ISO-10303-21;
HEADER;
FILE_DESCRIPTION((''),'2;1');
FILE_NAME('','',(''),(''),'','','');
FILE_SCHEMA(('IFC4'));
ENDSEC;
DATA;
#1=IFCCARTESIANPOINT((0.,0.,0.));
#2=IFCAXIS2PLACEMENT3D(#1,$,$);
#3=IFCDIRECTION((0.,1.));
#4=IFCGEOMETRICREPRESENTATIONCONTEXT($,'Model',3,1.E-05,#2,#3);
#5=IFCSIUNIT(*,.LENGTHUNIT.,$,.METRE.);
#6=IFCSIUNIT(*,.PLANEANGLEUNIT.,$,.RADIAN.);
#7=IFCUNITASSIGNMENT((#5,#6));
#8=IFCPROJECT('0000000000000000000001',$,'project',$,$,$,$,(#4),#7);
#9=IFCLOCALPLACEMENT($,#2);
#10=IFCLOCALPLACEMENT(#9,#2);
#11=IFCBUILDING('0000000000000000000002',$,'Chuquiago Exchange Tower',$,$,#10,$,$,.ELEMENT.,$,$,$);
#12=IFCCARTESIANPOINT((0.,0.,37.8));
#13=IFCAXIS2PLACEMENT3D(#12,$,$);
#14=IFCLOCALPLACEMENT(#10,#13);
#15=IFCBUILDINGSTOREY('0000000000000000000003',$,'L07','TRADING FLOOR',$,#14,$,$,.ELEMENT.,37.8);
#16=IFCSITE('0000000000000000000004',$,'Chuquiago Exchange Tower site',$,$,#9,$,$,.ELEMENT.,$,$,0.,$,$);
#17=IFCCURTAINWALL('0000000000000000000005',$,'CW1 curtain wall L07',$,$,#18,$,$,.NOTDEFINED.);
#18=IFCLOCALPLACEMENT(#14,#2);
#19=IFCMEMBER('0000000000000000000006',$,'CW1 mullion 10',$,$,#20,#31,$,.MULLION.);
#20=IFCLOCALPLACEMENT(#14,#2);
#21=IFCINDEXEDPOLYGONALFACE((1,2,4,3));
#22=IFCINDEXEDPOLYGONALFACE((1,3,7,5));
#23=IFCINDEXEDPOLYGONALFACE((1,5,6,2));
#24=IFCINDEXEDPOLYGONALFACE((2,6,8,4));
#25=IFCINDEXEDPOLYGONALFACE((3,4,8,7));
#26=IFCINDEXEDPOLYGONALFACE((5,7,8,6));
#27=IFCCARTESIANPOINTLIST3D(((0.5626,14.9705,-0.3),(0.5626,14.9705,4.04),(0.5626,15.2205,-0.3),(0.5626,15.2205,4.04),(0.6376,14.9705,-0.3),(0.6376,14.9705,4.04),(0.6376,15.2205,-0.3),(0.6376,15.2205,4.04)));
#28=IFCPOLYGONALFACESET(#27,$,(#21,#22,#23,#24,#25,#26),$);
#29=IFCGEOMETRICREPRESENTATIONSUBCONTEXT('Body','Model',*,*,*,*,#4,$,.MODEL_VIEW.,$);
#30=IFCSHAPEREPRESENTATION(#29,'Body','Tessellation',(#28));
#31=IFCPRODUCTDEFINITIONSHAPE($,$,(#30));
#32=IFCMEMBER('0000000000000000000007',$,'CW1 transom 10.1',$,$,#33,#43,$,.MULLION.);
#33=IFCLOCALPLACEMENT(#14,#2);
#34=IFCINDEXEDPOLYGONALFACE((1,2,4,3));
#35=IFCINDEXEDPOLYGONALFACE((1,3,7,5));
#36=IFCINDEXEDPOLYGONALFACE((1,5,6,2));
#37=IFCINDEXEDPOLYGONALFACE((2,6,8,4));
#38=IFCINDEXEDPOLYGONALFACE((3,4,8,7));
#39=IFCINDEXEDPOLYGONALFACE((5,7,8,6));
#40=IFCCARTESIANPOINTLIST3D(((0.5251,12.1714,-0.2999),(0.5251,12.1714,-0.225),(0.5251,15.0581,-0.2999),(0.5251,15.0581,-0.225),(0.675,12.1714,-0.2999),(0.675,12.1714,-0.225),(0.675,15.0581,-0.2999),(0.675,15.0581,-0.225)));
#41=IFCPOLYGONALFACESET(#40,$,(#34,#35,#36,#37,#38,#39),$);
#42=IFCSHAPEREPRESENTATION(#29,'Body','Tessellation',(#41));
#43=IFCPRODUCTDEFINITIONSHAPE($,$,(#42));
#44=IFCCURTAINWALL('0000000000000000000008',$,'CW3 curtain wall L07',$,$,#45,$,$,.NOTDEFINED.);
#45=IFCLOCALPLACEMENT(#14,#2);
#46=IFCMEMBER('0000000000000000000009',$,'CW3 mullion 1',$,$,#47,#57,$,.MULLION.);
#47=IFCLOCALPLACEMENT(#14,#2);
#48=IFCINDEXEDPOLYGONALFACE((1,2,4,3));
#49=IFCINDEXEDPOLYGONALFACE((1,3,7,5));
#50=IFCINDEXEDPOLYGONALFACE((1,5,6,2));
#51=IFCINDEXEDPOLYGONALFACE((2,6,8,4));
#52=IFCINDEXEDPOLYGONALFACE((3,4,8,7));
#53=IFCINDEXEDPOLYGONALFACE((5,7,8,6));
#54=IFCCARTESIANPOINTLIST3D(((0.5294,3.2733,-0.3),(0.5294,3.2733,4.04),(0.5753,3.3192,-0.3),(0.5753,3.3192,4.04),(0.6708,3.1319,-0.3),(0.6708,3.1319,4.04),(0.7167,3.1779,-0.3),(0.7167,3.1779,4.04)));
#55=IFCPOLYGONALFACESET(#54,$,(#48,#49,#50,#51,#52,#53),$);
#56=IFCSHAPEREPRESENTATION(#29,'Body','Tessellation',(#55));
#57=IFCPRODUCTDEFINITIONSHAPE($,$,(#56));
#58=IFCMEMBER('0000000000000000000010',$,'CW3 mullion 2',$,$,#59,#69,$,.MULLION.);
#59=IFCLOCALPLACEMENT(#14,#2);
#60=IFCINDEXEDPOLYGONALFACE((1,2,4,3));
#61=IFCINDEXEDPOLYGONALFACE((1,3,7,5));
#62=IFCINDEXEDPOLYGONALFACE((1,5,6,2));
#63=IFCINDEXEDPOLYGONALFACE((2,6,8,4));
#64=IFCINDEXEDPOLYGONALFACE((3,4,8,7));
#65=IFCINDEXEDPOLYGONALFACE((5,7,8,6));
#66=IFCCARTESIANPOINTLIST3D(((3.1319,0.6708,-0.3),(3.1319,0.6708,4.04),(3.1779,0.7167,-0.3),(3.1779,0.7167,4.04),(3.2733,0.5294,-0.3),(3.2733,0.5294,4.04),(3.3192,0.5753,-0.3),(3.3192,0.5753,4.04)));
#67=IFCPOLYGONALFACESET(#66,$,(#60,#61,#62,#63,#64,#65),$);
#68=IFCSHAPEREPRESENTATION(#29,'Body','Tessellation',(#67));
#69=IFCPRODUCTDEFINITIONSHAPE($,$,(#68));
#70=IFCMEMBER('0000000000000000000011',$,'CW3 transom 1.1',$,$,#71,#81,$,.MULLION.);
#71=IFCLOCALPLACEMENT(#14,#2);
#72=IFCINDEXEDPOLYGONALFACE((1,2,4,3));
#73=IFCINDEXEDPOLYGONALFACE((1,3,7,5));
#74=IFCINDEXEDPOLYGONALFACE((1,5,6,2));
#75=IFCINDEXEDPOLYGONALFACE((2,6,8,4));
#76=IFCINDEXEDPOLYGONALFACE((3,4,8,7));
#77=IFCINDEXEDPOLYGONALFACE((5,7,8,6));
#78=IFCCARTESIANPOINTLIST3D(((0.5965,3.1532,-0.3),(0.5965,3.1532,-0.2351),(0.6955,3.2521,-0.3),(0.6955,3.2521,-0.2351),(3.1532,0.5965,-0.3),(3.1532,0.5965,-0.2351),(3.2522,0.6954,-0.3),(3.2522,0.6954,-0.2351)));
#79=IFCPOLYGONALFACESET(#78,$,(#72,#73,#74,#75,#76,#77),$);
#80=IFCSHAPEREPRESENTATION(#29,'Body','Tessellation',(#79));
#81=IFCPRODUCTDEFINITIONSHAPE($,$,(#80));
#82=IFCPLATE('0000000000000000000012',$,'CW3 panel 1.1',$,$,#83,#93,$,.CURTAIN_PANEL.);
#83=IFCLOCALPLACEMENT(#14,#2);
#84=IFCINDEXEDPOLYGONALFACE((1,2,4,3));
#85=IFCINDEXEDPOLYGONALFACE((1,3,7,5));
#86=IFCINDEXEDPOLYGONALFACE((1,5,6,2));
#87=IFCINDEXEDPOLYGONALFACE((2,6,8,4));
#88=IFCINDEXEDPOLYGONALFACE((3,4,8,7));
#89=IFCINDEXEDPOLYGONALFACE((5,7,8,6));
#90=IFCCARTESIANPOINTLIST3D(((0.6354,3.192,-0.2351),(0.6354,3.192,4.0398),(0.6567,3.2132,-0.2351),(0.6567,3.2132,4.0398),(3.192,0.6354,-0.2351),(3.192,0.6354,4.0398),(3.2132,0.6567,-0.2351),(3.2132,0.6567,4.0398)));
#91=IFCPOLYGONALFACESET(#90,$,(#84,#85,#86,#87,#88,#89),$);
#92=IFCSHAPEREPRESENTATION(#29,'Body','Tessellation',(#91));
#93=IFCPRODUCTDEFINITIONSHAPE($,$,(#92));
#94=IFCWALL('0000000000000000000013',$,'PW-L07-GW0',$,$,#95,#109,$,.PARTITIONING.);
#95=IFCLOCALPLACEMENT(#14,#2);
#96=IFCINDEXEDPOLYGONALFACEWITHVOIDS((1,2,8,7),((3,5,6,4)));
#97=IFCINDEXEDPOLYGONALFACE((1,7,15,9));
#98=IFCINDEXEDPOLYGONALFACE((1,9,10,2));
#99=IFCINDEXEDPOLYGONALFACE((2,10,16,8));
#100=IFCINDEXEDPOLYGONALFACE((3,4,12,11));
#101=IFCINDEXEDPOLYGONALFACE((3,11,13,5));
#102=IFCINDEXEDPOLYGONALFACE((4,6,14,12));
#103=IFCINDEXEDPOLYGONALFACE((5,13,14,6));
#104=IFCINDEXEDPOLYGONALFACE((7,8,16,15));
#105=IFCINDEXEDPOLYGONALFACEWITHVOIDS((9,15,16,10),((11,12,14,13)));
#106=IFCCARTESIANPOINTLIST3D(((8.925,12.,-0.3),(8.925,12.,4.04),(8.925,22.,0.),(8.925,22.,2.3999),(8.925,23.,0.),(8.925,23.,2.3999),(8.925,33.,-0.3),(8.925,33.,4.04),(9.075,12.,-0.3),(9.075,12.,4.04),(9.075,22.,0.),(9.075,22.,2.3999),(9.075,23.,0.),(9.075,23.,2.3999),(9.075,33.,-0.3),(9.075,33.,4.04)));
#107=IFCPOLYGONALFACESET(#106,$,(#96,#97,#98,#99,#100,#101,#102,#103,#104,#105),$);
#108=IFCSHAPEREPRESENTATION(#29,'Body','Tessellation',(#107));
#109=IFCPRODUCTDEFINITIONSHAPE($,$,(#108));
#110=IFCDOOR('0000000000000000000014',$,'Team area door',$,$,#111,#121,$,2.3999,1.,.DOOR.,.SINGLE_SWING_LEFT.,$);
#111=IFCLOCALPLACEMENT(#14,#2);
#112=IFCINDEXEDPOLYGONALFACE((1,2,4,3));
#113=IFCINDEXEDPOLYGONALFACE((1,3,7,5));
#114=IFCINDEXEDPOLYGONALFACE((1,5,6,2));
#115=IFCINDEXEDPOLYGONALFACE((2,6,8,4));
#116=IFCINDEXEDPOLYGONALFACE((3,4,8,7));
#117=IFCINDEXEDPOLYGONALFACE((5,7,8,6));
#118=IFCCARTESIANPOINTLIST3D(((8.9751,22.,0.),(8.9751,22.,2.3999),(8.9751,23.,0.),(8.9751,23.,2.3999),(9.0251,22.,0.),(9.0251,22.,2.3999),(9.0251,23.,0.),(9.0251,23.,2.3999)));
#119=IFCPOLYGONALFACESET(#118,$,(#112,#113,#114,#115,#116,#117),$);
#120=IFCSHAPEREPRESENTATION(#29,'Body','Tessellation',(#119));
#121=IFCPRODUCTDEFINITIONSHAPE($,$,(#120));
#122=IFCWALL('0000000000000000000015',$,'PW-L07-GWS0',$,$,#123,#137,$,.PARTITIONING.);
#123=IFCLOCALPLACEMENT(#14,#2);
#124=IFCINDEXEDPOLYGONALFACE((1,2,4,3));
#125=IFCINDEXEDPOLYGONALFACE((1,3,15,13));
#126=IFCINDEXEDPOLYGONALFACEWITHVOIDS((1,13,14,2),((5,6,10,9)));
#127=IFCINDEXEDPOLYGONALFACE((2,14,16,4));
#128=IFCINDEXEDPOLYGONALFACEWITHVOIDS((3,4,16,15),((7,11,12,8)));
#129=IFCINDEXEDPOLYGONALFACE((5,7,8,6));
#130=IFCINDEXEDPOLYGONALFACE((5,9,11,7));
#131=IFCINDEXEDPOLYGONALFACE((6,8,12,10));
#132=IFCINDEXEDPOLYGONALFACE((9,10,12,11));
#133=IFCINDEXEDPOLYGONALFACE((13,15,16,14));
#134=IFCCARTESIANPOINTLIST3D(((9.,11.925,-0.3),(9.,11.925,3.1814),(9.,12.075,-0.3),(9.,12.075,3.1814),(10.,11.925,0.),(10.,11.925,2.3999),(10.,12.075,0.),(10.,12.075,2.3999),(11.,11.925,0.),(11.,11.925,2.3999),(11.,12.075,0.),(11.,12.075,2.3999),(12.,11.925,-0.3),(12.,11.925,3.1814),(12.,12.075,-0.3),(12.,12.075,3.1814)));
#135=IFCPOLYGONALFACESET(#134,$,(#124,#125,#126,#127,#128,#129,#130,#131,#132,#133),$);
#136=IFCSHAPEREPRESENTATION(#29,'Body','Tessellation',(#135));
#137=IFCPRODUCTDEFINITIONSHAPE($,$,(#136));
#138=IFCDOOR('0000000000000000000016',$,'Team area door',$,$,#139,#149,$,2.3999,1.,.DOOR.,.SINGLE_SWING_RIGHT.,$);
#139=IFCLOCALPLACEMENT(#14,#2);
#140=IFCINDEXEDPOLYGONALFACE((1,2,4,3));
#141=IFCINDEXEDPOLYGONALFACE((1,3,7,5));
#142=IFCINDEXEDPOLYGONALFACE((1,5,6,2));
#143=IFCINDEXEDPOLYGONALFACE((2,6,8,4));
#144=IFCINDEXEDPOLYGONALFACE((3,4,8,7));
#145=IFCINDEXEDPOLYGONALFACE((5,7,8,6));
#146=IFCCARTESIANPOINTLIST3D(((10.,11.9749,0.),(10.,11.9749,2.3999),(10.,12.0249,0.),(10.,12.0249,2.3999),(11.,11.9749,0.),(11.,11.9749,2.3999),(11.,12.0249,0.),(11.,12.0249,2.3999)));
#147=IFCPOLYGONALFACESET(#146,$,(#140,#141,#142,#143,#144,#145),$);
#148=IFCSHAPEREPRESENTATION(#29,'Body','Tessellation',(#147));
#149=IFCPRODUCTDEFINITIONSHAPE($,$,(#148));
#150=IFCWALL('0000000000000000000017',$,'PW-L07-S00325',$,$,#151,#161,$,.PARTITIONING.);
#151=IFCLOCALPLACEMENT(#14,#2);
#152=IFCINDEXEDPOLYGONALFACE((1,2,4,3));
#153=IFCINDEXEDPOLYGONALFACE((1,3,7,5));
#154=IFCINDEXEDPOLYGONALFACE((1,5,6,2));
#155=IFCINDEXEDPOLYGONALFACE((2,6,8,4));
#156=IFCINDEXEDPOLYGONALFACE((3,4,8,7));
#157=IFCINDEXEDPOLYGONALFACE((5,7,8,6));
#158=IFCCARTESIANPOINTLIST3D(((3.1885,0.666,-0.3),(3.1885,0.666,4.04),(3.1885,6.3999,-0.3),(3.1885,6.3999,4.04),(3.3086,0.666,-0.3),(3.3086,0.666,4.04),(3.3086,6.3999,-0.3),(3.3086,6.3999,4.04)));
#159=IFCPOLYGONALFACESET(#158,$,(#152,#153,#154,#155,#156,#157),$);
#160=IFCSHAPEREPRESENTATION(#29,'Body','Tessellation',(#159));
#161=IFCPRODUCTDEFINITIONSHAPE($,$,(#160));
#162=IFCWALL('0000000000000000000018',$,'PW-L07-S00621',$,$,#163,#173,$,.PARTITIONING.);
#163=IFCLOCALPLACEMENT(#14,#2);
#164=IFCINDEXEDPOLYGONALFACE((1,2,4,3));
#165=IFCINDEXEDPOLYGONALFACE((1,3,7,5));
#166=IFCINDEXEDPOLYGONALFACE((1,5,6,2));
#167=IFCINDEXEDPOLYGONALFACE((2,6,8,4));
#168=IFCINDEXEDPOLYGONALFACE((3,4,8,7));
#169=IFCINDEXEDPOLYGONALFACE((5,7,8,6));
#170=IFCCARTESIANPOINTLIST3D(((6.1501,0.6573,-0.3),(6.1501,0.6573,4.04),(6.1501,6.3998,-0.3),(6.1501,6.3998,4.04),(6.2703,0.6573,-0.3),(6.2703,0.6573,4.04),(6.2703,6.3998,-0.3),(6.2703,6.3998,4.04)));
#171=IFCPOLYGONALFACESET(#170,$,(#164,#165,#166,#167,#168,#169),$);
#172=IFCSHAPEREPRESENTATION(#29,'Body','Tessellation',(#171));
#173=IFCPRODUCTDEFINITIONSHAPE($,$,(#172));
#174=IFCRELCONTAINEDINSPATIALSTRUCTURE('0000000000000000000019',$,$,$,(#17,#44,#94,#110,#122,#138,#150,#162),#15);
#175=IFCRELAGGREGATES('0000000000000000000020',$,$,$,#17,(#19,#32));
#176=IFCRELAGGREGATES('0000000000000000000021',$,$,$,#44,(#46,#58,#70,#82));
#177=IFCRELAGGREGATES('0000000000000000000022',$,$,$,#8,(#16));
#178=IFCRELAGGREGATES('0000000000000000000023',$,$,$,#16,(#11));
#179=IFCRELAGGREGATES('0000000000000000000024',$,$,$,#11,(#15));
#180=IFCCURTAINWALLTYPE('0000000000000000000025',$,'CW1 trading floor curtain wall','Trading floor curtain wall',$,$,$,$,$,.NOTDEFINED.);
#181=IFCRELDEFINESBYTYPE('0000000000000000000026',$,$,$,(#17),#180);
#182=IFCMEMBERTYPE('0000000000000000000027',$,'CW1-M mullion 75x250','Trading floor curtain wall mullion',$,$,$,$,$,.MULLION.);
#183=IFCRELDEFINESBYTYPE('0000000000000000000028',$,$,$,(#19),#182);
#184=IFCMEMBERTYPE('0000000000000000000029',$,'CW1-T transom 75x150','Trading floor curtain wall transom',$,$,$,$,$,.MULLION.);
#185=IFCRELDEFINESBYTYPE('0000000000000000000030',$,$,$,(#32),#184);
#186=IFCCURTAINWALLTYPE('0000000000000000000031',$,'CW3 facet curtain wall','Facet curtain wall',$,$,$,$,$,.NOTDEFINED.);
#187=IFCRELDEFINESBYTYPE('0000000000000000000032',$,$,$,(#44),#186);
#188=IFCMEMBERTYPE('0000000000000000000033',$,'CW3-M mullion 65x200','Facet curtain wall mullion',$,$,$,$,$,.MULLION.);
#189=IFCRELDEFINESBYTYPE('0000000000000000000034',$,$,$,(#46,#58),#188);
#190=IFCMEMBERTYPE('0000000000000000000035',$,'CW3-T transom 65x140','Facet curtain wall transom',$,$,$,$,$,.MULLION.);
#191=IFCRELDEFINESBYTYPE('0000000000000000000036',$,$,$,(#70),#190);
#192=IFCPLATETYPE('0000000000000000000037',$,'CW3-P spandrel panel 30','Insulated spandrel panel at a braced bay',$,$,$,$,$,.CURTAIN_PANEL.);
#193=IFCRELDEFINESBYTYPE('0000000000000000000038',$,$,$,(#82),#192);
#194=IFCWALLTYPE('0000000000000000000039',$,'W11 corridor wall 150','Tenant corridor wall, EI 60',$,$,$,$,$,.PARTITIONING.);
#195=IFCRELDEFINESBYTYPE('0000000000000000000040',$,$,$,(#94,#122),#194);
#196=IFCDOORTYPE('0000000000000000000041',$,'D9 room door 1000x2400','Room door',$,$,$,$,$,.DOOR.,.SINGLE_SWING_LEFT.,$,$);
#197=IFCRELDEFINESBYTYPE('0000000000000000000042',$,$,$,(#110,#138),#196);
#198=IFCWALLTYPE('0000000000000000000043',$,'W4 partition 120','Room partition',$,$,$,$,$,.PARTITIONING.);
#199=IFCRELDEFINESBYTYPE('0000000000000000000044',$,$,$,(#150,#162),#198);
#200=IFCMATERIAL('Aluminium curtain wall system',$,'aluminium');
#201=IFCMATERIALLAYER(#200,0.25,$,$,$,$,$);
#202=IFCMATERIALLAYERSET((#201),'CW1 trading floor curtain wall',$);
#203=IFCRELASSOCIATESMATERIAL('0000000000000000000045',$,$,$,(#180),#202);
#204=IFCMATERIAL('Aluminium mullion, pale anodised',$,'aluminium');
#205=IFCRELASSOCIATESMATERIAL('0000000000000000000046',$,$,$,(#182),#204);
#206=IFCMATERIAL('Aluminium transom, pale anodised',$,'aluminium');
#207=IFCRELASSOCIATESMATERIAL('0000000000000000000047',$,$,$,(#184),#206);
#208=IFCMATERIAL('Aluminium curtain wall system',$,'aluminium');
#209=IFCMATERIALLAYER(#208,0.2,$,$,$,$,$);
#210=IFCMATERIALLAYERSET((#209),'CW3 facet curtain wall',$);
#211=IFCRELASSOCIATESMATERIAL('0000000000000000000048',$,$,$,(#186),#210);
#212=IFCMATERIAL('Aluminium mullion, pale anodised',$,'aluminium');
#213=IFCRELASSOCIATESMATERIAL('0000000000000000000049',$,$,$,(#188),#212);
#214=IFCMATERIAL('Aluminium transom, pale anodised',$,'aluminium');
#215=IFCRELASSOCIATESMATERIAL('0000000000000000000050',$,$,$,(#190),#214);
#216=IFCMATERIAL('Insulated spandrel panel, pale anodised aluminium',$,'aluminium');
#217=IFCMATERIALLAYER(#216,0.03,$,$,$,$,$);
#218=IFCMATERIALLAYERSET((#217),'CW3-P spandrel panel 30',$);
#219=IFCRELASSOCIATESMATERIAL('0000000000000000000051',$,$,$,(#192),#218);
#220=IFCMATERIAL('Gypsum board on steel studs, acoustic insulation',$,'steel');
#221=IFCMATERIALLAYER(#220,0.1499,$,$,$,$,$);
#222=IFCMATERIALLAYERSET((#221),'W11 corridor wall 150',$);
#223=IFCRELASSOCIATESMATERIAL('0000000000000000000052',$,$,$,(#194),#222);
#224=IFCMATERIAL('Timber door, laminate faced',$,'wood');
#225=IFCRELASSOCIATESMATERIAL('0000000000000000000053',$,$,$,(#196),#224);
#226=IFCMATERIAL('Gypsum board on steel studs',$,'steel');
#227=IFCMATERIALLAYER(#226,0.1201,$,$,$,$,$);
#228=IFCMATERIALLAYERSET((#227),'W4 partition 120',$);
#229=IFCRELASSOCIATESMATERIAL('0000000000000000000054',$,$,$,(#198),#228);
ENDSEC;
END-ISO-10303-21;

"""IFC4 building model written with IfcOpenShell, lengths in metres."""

from ifc_helpers import new_model, si_unit, direction, frame, frame_2d, origin, origin_2d, place, context, subcontext, project, spatial, rectangle, extrude, material, layer, layer_set, material_profile, profile_set, type_object, element, fill, aggregate, save


model = new_model("IFC4")

# Units and contexts
model_context = context("Model", 3, precision=1e-05, world=origin(), true_north=direction((0.0, 1.0)))
body_context = subcontext(model_context, "Body", "Model", "MODEL_VIEW")
ifc_project = project(units=[si_unit("LENGTHUNIT", "METRE"), si_unit("PLANEANGLEUNIT", "RADIAN")], contexts=[model_context])

# Site, building, storey
site_placement = place(None, origin())
site = spatial("IfcSite", under=ifc_project, at=site_placement, Name="Chuquiago Exchange Tower site", CompositionType="ELEMENT", RefElevation=0.0)
building_placement = place(site_placement, origin())
building = spatial("IfcBuilding", under=site, at=building_placement, Name="Chuquiago Exchange Tower", CompositionType="ELEMENT")
storey_placement = place(building_placement, frame((0.0, 0.0, 37.8)))
storey = spatial("IfcBuildingStorey", under=building, at=storey_placement, Name="L07", Description="TRADING FLOOR", CompositionType="ELEMENT", Elevation=37.8)

# Curtain wall, members
ifc_material_1 = material(Name="Aluminium curtain wall system", Category="aluminium")
ifc_layer_1 = layer(ifc_material_1, 0.25)
ifc_layer_set_1 = layer_set([ifc_layer_1], Name="CW1 trading floor curtain wall")
curtain_wall_type_1 = type_object("IfcCurtainWallType", Name="CW1 trading floor curtain wall", Description="Trading floor curtain wall", PredefinedType="NOTDEFINED", material=ifc_layer_set_1)
curtain_wall_1_placement = place(storey_placement, origin())
curtain_wall_1 = element("IfcCurtainWall", 1, at=curtain_wall_1_placement, inside=storey, type_object=curtain_wall_type_1, Name="CW1 curtain wall L07", PredefinedType="NOTDEFINED")
ifc_material_2 = material(Name="Aluminium mullion, pale anodised", Category="aluminium")
ifc_material_profile_1 = material_profile(ifc_material_2, rectangle(XDim=0.075, YDim=0.25, at=origin_2d()), Name="AL 75x250")
ifc_profile_set_1 = profile_set([ifc_material_profile_1], Name="Aluminium mullion, pale anodised")
member_type_1 = type_object("IfcMemberType", Name="CW1-M mullion 75x250", Description="Trading floor curtain wall mullion", PredefinedType="MULLION", material=ifc_profile_set_1)
member_1_placement = place(storey_placement, frame((0.6001, 15.0955, -0.3), z_axis=(0.0, 0.0, 1.0), x_axis=(1.0, 0.0, 0.0)))
member_1 = element("IfcMember", 2, at=member_1_placement, type_object=member_type_1, Name="CW1 mullion 10", PredefinedType="MULLION", context=body_context, shape_type="SweptSolid", body=[
    extrude(rectangle(XDim=0.075, YDim=0.25, at=origin_2d()), origin(), (0.0, 0.0, 1.0), 4.3401),
])
ifc_material_3 = material(Name="Aluminium transom, pale anodised", Category="aluminium")
ifc_material_profile_2 = material_profile(ifc_material_3, rectangle(XDim=0.1499, YDim=0.075, at=origin_2d()), Name="AL 150x75")
ifc_profile_set_2 = profile_set([ifc_material_profile_2], Name="Aluminium transom, pale anodised")
member_type_2 = type_object("IfcMemberType", Name="CW1-T transom 75x150", Description="Trading floor curtain wall transom", PredefinedType="MULLION", material=ifc_profile_set_2)
member_2_placement = place(storey_placement, frame((0.6001, 15.0581, -0.2625), z_axis=(0.0, -1.0, 0.0), x_axis=(1.0, 0.0, 0.0)))
member_2 = element("IfcMember", 3, at=member_2_placement, type_object=member_type_2, Name="CW1 transom 10.1", PredefinedType="MULLION", context=body_context, shape_type="SweptSolid", body=[
    extrude(rectangle(XDim=0.1499, YDim=0.075, at=origin_2d()), origin(), (0.0, 0.0, 1.0), 2.8867),
])
aggregate(curtain_wall_1, [member_1, member_2])

# Curtain wall, members, plate
ifc_material_4 = material(Name="Aluminium curtain wall system", Category="aluminium")
ifc_layer_2 = layer(ifc_material_4, 0.2)
ifc_layer_set_2 = layer_set([ifc_layer_2], Name="CW3 facet curtain wall")
curtain_wall_type_2 = type_object("IfcCurtainWallType", Name="CW3 facet curtain wall", Description="Facet curtain wall", PredefinedType="NOTDEFINED", material=ifc_layer_set_2)
curtain_wall_2_placement = place(storey_placement, origin())
curtain_wall_2 = element("IfcCurtainWall", 4, at=curtain_wall_2_placement, inside=storey, type_object=curtain_wall_type_2, Name="CW3 curtain wall L07", PredefinedType="NOTDEFINED")
ifc_material_5 = material(Name="Aluminium mullion, pale anodised", Category="aluminium")
ifc_material_profile_3 = material_profile(ifc_material_5, rectangle(XDim=0.0649, YDim=0.2, at=origin_2d()), Name="AL 65x200")
ifc_profile_set_3 = profile_set([ifc_material_profile_3], Name="Aluminium mullion, pale anodised")
member_type_3 = type_object("IfcMemberType", Name="CW3-M mullion 65x200", Description="Facet curtain wall mullion", PredefinedType="MULLION", material=ifc_profile_set_3)
member_3_placement = place(storey_placement, frame((0.623, 3.2256, -0.3), z_axis=(0.0, 0.0, 1.0), x_axis=(0.707107, 0.707107, 0.0)))
member_3 = element("IfcMember", 5, at=member_3_placement, type_object=member_type_3, Name="CW3 mullion 1", PredefinedType="MULLION", context=body_context, shape_type="SweptSolid", body=[
    extrude(rectangle(XDim=0.0649, YDim=0.2, at=origin_2d()), origin(), (0.0, 0.0, 1.0), 4.3401),
])
member_4_placement = place(storey_placement, frame((3.2256, 0.623, -0.3), z_axis=(0.0, 0.0, 1.0), x_axis=(0.707107, 0.707107, 0.0)))
member_4 = element("IfcMember", 6, at=member_4_placement, type_object=member_type_3, Name="CW3 mullion 2", PredefinedType="MULLION", context=body_context, shape_type="SweptSolid", body=[
    extrude(rectangle(XDim=0.0649, YDim=0.2, at=origin_2d()), origin(), (0.0, 0.0, 1.0), 4.3401),
])
ifc_material_6 = material(Name="Aluminium transom, pale anodised", Category="aluminium")
ifc_material_profile_4 = material_profile(ifc_material_6, rectangle(XDim=0.1399, YDim=0.0649, at=origin_2d()), Name="AL 140x65")
ifc_profile_set_4 = profile_set([ifc_material_profile_4], Name="Aluminium transom, pale anodised")
member_type_4 = type_object("IfcMemberType", Name="CW3-T transom 65x140", Description="Facet curtain wall transom", PredefinedType="MULLION", material=ifc_profile_set_4)
member_5_placement = place(storey_placement, frame((0.646, 3.2026, -0.2676), z_axis=(0.707107, -0.707107, 0.0), x_axis=(0.707107, 0.707107, 0.0)))
member_5 = element("IfcMember", 7, at=member_5_placement, type_object=member_type_4, Name="CW3 transom 1.1", PredefinedType="MULLION", context=body_context, shape_type="SweptSolid", body=[
    extrude(rectangle(XDim=0.1399, YDim=0.0649, at=origin_2d()), origin(), (0.0, 0.0, 1.0), 3.6157),
])
ifc_material_7 = material(Name="Insulated spandrel panel, pale anodised aluminium", Category="aluminium")
ifc_layer_3 = layer(ifc_material_7, 0.03)
ifc_layer_set_3 = layer_set([ifc_layer_3], Name="CW3-P spandrel panel 30")
plate_type = type_object("IfcPlateType", Name="CW3-P spandrel panel 30", Description="Insulated spandrel panel at a braced bay", PredefinedType="CURTAIN_PANEL", material=ifc_layer_set_3)
plate_placement = place(storey_placement, frame((1.9243, 1.9243, -0.2351), z_axis=(0.0, 0.0, 1.0), x_axis=(0.707107, -0.707107, 0.0)))
plate = element("IfcPlate", 8, at=plate_placement, type_object=plate_type, Name="CW3 panel 1.1", PredefinedType="CURTAIN_PANEL", context=body_context, shape_type="SweptSolid", body=[
    extrude(rectangle(XDim=3.6155, YDim=0.03, at=origin_2d()), origin(), (0.0, 0.0, 1.0), 4.2749),
])
aggregate(curtain_wall_2, [member_3, member_4, member_5, plate])

# Walls, openings, doors
ifc_material_8 = material(Name="Gypsum board on steel studs, acoustic insulation", Category="steel")
ifc_layer_4 = layer(ifc_material_8, 0.1499)
ifc_layer_set_4 = layer_set([ifc_layer_4], Name="W11 corridor wall 150")
wall_type_1 = type_object("IfcWallType", Name="W11 corridor wall 150", Description="Tenant corridor wall, EI 60", PredefinedType="PARTITIONING", material=ifc_layer_set_4)
wall_1_placement = place(storey_placement, frame((9.0, 12.0, -0.3), z_axis=(0.0, 0.0, 1.0), x_axis=(0.0, 1.0, 0.0)))
wall_1 = element("IfcWall", 9, at=wall_1_placement, inside=storey, type_object=wall_type_1, Name="PW-L07-GW0", PredefinedType="PARTITIONING", context=body_context, shape_type="SweptSolid", body=[
    extrude(rectangle(XDim=21.0, YDim=0.1499, at=frame_2d((10.5, 0.0))), origin(), (0.0, 0.0, 1.0), 4.3401),
])
opening_1_placement = place(wall_1_placement, frame((10.0, 0.0, 0.3)))
opening_1 = element("IfcOpeningElement", 10, at=opening_1_placement, cuts=wall_1, PredefinedType="OPENING", context=body_context, shape_type="SweptSolid", body=[
    extrude(rectangle(XDim=1.0, YDim=2.3999, at=frame_2d((0.5, 1.2))), frame((0.0, 0.085, 0.0), z_axis=(0.0, -1.0, 0.0), x_axis=(1.0, 0.0, 0.0)), (0.0, 0.0, 1.0), 0.1699),
])
ifc_material_9 = material(Name="Timber door, laminate faced", Category="wood")
door_type_1 = type_object("IfcDoorType", Name="D9 room door 1000x2400", Description="Room door", OperationType="SINGLE_SWING_LEFT", PredefinedType="DOOR", material=ifc_material_9)
door_1_placement = place(opening_1_placement, origin())
door_1 = element("IfcDoor", 11, at=door_1_placement, inside=storey, type_object=door_type_1, Name="Team area door", OperationType="SINGLE_SWING_LEFT", OverallHeight=2.3999, OverallWidth=1.0, PredefinedType="DOOR", context=body_context, shape_type="SweptSolid", body=[
    extrude(rectangle(XDim=1.0, YDim=2.3999, at=frame_2d((0.5, 1.2))), frame((0.0, 0.0249, 0.0), z_axis=(0.0, -1.0, 0.0), x_axis=(1.0, 0.0, 0.0)), (0.0, 0.0, 1.0), 0.05),
])
fill(opening_1, door_1)
wall_2_placement = place(storey_placement, frame((9.0, 12.0, -0.3), z_axis=(0.0, 0.0, 1.0), x_axis=(1.0, 0.0, 0.0)))
wall_2 = element("IfcWall", 12, at=wall_2_placement, inside=storey, type_object=wall_type_1, Name="PW-L07-GWS0", PredefinedType="PARTITIONING", context=body_context, shape_type="SweptSolid", body=[
    extrude(rectangle(XDim=3.0, YDim=0.1499, at=frame_2d((1.5, 0.0))), origin(), (0.0, 0.0, 1.0), 3.4814),
])
opening_2_placement = place(wall_2_placement, frame((1.0, 0.0, 0.3)))
opening_2 = element("IfcOpeningElement", 13, at=opening_2_placement, cuts=wall_2, PredefinedType="OPENING", context=body_context, shape_type="SweptSolid", body=[
    extrude(rectangle(XDim=1.0, YDim=2.3999, at=frame_2d((0.5, 1.2))), frame((0.0, 0.085, 0.0), z_axis=(0.0, -1.0, 0.0), x_axis=(1.0, 0.0, 0.0)), (0.0, 0.0, 1.0), 0.1699),
])
door_2_placement = place(opening_2_placement, origin())
door_2 = element("IfcDoor", 14, at=door_2_placement, inside=storey, type_object=door_type_1, Name="Team area door", OperationType="SINGLE_SWING_RIGHT", OverallHeight=2.3999, OverallWidth=1.0, PredefinedType="DOOR", context=body_context, shape_type="SweptSolid", body=[
    extrude(rectangle(XDim=1.0, YDim=2.3999, at=frame_2d((0.5, 1.2))), frame((0.0, 0.0249, 0.0), z_axis=(0.0, -1.0, 0.0), x_axis=(1.0, 0.0, 0.0)), (0.0, 0.0, 1.0), 0.05),
])
fill(opening_2, door_2)

# Walls
ifc_material_10 = material(Name="Gypsum board on steel studs", Category="steel")
ifc_layer_5 = layer(ifc_material_10, 0.1201)
ifc_layer_set_5 = layer_set([ifc_layer_5], Name="W4 partition 120")
wall_type_2 = type_object("IfcWallType", Name="W4 partition 120", Description="Room partition", PredefinedType="PARTITIONING", material=ifc_layer_set_5)
wall_3_placement = place(storey_placement, frame((3.2485, 0.666, -0.3), z_axis=(0.0, 0.0, 1.0), x_axis=(0.0, 1.0, 0.0)))
element("IfcWall", 15, at=wall_3_placement, inside=storey, type_object=wall_type_2, Name="PW-L07-S00325", PredefinedType="PARTITIONING", context=body_context, shape_type="SweptSolid", body=[
    extrude(rectangle(XDim=5.7339, YDim=0.1201, at=frame_2d((2.8669, 0.0))), origin(), (0.0, 0.0, 1.0), 4.3401),
])
for number, where, z_axis, x_axis, name in (
    (16, (6.2102, 0.6575, -0.3), (0.0, 0.0, 1.0), (0.0, 1.0, 0.0), "PW-L07-S00621"),
):
    element("IfcWall", number, at=place(storey_placement, frame(where, z_axis=z_axis, x_axis=x_axis)), inside=storey, type_object=wall_type_2, Name=name, PredefinedType="PARTITIONING", context=body_context, shape_type="SweptSolid", body=[
        extrude(rectangle(XDim=5.7424, YDim=0.1201, at=frame_2d((2.8711, 0.0))), origin(), (0.0, 0.0, 1.0), 4.3401),
    ])

save(model, "model.ifc")
